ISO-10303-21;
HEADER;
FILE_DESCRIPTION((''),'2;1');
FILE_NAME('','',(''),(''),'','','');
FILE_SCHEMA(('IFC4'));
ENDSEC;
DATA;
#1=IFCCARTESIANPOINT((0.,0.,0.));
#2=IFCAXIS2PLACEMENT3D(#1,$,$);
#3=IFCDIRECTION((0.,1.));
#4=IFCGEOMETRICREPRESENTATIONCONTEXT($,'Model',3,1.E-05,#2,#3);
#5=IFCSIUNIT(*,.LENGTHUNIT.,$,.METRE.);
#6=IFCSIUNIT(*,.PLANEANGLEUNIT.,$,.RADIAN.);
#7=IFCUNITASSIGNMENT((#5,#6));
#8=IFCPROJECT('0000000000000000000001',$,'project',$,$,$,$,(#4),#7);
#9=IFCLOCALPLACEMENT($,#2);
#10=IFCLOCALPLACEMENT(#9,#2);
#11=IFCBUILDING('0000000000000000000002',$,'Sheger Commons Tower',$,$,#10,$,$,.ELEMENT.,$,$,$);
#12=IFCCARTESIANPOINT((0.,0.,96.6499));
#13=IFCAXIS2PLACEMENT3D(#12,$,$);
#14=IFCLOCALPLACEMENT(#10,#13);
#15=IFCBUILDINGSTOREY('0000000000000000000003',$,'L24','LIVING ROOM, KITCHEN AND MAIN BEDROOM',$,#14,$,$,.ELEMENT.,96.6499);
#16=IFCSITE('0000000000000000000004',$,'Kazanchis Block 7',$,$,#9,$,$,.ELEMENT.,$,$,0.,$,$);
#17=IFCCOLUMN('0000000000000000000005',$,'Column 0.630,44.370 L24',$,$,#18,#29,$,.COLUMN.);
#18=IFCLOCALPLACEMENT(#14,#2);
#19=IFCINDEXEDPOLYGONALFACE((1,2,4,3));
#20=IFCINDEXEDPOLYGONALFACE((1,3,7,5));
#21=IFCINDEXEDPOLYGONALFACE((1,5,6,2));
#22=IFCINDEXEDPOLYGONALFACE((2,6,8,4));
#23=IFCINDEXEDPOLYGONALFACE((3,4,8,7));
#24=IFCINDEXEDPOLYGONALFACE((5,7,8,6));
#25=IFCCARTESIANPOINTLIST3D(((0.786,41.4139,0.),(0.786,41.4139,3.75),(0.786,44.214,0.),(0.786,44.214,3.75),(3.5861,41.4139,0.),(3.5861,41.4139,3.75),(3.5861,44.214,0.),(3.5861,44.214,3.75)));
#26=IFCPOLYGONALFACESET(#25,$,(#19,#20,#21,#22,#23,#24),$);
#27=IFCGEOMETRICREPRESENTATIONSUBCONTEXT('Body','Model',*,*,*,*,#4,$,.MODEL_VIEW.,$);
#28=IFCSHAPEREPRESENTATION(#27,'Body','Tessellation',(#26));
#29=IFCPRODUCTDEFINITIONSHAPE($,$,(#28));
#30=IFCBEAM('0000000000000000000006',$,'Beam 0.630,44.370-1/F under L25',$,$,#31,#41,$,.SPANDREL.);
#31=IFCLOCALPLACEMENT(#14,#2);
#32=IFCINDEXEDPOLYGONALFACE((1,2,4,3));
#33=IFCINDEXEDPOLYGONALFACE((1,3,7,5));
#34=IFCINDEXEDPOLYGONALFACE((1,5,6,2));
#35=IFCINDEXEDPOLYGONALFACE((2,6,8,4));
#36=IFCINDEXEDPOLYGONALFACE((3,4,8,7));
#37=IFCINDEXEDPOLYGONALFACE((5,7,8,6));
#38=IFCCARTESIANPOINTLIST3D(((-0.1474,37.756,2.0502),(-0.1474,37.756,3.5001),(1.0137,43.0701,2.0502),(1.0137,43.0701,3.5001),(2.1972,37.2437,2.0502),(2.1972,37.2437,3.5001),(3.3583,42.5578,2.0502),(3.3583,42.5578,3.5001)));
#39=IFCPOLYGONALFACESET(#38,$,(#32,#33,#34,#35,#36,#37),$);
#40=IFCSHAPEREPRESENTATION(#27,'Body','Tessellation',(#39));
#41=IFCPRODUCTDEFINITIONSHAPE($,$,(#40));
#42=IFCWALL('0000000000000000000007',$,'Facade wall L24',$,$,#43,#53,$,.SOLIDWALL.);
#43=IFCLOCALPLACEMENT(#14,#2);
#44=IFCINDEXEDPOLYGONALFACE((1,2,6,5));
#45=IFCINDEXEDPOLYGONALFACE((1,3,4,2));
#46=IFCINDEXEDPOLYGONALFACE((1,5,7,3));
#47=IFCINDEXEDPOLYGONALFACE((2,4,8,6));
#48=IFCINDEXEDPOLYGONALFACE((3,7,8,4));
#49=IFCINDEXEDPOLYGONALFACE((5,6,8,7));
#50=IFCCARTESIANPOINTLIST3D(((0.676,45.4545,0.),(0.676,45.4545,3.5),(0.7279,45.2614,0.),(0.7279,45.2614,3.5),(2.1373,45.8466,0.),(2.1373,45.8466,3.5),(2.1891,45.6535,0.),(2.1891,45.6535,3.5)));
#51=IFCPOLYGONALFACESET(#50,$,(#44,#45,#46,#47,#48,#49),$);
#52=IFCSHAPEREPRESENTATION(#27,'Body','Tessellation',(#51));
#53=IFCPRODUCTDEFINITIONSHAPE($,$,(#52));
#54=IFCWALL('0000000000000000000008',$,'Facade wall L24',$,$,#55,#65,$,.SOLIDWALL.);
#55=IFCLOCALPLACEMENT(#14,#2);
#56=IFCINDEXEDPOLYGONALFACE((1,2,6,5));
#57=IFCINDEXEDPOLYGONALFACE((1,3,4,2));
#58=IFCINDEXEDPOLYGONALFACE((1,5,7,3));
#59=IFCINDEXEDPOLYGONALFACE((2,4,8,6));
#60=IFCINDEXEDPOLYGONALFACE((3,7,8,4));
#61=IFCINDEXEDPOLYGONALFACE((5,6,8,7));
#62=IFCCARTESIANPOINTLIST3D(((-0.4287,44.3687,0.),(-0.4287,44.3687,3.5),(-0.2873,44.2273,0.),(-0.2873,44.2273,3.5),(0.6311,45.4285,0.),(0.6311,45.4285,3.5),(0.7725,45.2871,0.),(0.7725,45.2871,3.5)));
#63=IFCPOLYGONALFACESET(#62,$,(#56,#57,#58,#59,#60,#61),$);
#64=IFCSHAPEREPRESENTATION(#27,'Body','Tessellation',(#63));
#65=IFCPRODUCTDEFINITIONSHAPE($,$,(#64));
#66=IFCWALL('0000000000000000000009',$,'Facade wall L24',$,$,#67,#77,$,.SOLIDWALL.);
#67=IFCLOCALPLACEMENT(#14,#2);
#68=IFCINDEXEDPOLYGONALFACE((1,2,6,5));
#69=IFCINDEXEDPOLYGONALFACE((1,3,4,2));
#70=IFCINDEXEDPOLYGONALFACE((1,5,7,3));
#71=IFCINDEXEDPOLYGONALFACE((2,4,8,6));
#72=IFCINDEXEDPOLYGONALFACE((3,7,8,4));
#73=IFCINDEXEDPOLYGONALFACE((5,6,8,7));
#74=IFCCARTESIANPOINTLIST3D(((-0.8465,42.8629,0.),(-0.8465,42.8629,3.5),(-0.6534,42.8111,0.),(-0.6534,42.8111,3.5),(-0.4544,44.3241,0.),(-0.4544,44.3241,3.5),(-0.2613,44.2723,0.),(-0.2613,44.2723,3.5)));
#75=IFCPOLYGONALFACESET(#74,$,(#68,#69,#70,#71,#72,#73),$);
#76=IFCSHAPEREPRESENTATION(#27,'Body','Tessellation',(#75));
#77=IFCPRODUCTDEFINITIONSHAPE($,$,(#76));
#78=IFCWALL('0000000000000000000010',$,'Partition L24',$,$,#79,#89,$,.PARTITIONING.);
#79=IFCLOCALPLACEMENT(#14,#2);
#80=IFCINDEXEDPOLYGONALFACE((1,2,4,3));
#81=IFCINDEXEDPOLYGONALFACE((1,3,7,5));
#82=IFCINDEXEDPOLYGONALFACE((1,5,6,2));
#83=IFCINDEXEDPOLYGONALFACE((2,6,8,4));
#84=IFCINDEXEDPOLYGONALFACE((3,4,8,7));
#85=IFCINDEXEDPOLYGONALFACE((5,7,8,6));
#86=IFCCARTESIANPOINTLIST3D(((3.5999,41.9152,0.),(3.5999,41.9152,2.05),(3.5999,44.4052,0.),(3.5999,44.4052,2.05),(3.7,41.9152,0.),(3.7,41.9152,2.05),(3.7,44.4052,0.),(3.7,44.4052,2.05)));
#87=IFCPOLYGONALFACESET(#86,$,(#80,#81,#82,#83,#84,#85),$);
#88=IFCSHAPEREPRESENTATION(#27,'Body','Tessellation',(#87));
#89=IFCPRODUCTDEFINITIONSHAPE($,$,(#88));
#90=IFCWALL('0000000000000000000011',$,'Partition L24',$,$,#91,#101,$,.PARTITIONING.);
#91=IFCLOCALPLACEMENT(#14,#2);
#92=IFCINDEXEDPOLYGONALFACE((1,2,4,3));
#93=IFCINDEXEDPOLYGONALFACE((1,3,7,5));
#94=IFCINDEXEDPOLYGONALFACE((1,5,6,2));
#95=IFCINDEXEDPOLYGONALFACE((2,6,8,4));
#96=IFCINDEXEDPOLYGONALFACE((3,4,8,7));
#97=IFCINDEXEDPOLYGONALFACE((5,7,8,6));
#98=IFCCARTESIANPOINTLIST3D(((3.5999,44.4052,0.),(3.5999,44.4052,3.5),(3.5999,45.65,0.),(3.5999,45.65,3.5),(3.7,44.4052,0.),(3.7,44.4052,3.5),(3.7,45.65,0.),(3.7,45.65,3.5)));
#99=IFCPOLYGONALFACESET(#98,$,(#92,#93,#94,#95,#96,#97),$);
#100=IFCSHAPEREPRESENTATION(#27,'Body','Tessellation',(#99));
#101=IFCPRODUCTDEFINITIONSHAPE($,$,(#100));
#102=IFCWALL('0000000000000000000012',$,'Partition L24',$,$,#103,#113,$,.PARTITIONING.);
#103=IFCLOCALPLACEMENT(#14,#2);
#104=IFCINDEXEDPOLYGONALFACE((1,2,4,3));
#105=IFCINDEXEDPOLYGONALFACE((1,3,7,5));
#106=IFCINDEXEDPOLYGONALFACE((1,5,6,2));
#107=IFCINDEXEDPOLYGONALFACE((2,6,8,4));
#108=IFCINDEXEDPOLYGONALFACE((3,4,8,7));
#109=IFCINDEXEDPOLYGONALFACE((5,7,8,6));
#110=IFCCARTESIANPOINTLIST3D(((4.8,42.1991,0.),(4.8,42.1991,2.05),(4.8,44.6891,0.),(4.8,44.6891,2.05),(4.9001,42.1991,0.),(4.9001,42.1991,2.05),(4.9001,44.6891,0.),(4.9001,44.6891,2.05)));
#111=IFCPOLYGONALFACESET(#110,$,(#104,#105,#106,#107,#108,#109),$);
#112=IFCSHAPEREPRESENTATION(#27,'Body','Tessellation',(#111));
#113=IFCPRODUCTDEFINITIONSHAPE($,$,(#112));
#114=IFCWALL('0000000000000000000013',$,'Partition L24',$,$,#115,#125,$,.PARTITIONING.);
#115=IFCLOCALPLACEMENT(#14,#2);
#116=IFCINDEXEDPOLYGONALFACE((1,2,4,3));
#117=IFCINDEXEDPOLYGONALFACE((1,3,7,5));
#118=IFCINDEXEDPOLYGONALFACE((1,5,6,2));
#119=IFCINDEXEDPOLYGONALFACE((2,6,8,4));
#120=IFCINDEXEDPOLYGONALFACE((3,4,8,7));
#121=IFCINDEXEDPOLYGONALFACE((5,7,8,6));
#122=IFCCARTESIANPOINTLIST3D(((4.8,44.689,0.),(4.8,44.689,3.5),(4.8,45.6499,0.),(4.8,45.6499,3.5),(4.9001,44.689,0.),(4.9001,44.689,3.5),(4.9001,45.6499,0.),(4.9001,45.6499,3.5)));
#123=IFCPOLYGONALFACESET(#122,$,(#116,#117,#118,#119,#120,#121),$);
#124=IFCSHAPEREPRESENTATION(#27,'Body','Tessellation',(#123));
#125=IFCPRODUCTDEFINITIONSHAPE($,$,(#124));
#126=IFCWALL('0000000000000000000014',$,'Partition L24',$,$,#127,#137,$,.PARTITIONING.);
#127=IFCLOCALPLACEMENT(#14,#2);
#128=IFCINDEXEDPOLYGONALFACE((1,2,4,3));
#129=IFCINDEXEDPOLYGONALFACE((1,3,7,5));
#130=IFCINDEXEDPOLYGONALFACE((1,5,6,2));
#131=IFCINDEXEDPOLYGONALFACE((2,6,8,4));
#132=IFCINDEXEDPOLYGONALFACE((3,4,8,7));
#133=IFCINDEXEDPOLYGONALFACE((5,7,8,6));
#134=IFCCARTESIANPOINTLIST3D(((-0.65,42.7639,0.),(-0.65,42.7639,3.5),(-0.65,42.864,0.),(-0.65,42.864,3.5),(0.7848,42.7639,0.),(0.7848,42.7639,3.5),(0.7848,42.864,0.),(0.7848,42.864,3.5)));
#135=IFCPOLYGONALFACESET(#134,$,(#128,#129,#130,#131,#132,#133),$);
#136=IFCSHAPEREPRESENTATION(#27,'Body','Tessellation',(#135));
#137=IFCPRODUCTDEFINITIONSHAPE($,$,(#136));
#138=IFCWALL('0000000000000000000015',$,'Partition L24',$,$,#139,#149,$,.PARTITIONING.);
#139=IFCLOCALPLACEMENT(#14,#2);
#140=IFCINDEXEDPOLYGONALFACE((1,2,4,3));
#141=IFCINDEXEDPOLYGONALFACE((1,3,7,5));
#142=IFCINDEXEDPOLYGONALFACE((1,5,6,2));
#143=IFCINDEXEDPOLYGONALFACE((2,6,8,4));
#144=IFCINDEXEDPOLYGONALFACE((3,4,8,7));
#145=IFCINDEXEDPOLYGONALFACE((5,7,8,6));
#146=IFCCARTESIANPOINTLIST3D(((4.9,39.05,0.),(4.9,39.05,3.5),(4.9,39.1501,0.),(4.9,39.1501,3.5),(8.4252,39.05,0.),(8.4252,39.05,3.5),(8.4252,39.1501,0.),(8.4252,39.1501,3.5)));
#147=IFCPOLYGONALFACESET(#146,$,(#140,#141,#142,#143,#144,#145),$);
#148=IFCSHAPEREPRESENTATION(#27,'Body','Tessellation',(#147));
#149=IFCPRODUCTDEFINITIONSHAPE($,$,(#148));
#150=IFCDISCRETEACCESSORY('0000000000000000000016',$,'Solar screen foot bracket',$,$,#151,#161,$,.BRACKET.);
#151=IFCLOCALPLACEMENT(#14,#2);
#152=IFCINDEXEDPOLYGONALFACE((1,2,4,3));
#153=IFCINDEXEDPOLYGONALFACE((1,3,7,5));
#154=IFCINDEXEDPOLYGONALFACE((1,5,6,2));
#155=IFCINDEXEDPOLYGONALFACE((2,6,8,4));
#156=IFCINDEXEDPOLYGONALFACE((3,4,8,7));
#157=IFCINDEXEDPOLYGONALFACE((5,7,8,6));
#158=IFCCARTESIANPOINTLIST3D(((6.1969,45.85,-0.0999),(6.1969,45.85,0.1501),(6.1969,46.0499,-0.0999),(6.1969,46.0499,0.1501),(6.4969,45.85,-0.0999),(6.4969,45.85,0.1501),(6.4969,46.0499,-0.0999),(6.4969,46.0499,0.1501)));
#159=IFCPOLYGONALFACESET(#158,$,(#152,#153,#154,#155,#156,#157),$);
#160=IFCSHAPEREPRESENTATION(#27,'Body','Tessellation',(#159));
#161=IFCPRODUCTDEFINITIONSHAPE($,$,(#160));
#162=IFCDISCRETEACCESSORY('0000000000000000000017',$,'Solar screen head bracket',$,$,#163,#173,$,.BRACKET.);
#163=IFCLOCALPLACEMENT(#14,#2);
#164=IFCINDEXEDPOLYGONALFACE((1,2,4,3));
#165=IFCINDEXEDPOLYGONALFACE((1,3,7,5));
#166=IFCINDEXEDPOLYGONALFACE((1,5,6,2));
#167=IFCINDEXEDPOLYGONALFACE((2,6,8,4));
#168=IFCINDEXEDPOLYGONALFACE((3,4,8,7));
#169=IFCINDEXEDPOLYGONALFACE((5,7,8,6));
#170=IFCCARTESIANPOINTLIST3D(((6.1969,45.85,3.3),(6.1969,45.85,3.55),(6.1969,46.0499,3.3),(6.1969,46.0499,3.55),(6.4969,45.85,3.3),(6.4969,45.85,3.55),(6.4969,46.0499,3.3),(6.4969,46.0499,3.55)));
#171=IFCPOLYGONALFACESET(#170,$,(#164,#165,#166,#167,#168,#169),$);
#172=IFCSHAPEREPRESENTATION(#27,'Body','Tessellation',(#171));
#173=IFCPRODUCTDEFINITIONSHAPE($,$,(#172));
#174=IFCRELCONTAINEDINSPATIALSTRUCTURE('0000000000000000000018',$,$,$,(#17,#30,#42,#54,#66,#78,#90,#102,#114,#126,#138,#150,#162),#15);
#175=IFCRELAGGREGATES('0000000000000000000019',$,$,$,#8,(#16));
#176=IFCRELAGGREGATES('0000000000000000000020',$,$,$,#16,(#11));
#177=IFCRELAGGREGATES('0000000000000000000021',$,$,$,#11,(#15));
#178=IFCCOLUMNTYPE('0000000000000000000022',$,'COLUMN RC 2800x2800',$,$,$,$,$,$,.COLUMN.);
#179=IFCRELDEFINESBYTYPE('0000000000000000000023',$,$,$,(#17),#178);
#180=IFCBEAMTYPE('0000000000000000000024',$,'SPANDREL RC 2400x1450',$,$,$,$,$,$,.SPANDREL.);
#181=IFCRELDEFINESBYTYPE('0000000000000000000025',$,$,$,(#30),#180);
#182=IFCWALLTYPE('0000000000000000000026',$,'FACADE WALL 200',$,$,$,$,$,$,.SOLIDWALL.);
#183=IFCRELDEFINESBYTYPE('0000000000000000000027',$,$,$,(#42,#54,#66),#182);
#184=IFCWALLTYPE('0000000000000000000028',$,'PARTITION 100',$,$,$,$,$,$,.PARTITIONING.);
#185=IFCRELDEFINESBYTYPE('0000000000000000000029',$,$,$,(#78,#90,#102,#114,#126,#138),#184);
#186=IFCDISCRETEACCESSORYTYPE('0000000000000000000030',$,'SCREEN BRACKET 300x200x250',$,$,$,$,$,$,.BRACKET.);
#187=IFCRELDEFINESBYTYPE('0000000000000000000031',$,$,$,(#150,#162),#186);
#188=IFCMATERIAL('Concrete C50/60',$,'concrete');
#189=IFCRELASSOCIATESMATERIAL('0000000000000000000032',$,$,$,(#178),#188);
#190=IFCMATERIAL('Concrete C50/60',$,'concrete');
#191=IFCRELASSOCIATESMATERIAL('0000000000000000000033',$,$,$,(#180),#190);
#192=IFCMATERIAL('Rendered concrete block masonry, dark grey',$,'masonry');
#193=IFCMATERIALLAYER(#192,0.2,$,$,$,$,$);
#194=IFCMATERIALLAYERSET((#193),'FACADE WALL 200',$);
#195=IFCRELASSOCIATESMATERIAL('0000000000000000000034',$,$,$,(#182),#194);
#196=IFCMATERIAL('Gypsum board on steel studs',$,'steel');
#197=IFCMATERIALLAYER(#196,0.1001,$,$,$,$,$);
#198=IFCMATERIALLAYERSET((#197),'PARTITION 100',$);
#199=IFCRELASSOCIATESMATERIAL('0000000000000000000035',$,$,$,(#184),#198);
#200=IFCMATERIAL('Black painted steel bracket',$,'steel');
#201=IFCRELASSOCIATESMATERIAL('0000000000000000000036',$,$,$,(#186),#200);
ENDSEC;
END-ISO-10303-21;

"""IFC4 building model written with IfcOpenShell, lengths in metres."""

from ifc_helpers import new_model, si_unit, direction, frame, frame_2d, origin, origin_2d, place, context, subcontext, project, spatial, rectangle, extrude, material, layer, layer_set, material_profile, profile_set, type_object, element, save


model = new_model("IFC4")

# Units and contexts
model_context = context("Model", 3, precision=1e-05, world=origin(), true_north=direction((0.0, 1.0)))
body_context = subcontext(model_context, "Body", "Model", "MODEL_VIEW")
ifc_project = project(units=[si_unit("LENGTHUNIT", "METRE"), si_unit("PLANEANGLEUNIT", "RADIAN")], contexts=[model_context])

# Site, building, storey
site_placement = place(None, origin())
site = spatial("IfcSite", under=ifc_project, at=site_placement, Name="Kazanchis Block 7", CompositionType="ELEMENT", RefElevation=0.0)
building_placement = place(site_placement, origin())
building = spatial("IfcBuilding", under=site, at=building_placement, Name="Sheger Commons Tower", CompositionType="ELEMENT")
storey_placement = place(building_placement, frame((0.0, 0.0, 96.6499)))
storey = spatial("IfcBuildingStorey", under=building, at=storey_placement, Name="L24", Description="LIVING ROOM, KITCHEN AND MAIN BEDROOM", CompositionType="ELEMENT", Elevation=96.6499)

# Column
ifc_material_1 = material(Name="Concrete C50/60", Category="concrete")
ifc_material_profile_1 = material_profile(ifc_material_1, rectangle(XDim=2.8, YDim=2.8, at=origin_2d()), Name="RC 2800x2800")
ifc_profile_set_1 = profile_set([ifc_material_profile_1], Name="Concrete C50/60")
column_type = type_object("IfcColumnType", Name="COLUMN RC 2800x2800", PredefinedType="COLUMN", material=ifc_profile_set_1)
column_placement = place(storey_placement, frame((2.186, 42.814, 0.0), z_axis=(0.0, 0.0, 1.0), x_axis=(1.0, 0.0, 0.0)))
element("IfcColumn", 1, at=column_placement, inside=storey, type_object=column_type, Name="Column 0.630,44.370 L24", PredefinedType="COLUMN", context=body_context, shape_type="SweptSolid", body=[
    extrude(rectangle(XDim=2.8, YDim=2.8, at=origin_2d()), origin(), (0.0, 0.0, 1.0), 3.75),
])

# Beam
ifc_material_2 = material(Name="Concrete C50/60", Category="concrete")
ifc_material_profile_2 = material_profile(ifc_material_2, rectangle(XDim=2.3999, YDim=1.45, at=origin_2d()), Name="RC 2400x1450")
ifc_profile_set_2 = profile_set([ifc_material_profile_2], Name="Concrete C50/60")
beam_type = type_object("IfcBeamType", Name="SPANDREL RC 2400x1450", PredefinedType="SPANDREL", material=ifc_profile_set_2)
beam_placement = place(storey_placement, frame((2.186, 42.814, 2.7751), z_axis=(-0.213469, -0.97695, 0.0), x_axis=(0.97695, -0.213469, 0.0)))
element("IfcBeam", 2, at=beam_placement, inside=storey, type_object=beam_type, Name="Beam 0.630,44.370-1/F under L25", PredefinedType="SPANDREL", context=body_context, shape_type="SweptSolid", body=[
    extrude(rectangle(XDim=2.3999, YDim=1.45, at=origin_2d()), origin(), (0.0, 0.0, 1.0), 5.4395),
])

# Walls
ifc_material_3 = material(Name="Rendered concrete block masonry, dark grey", Category="masonry")
ifc_layer_1 = layer(ifc_material_3, 0.2)
ifc_layer_set_1 = layer_set([ifc_layer_1], Name="FACADE WALL 200")
wall_type_1 = type_object("IfcWallType", Name="FACADE WALL 200", PredefinedType="SOLIDWALL", material=ifc_layer_set_1)
wall_1_placement = place(storey_placement, frame((2.1631, 45.75, 0.0), z_axis=(0.0, 0.0, 1.0), x_axis=(-0.965832, -0.259169, 0.0)))
element("IfcWall", 3, at=wall_1_placement, inside=storey, type_object=wall_type_1, Name="Facade wall L24", PredefinedType="SOLIDWALL", context=body_context, shape_type="SweptSolid", body=[
    extrude(rectangle(XDim=1.5129, YDim=0.2, at=frame_2d((0.7563, 0.0))), origin(), (0.0, 0.0, 1.0), 3.5),
])
wall_2_placement = place(storey_placement, frame((0.7019, 45.3579, 0.0), z_axis=(0.0, 0.0, 1.0), x_axis=(-0.707107, -0.707107, 0.0)))
element("IfcWall", 4, at=wall_2_placement, inside=storey, type_object=wall_type_1, Name="Facade wall L24", PredefinedType="SOLIDWALL", context=body_context, shape_type="SweptSolid", body=[
    extrude(rectangle(XDim=1.4988, YDim=0.2, at=frame_2d((0.7495, 0.0))), origin(), (0.0, 0.0, 1.0), 3.5),
])
wall_3_placement = place(storey_placement, frame((-0.3579, 44.2981, 0.0), z_axis=(0.0, 0.0, 1.0), x_axis=(-0.259169, -0.965832, 0.0)))
element("IfcWall", 5, at=wall_3_placement, inside=storey, type_object=wall_type_1, Name="Facade wall L24", PredefinedType="SOLIDWALL", context=body_context, shape_type="SweptSolid", body=[
    extrude(rectangle(XDim=1.5129, YDim=0.2, at=frame_2d((0.7563, 0.0))), origin(), (0.0, 0.0, 1.0), 3.5),
])

# Walls
ifc_material_4 = material(Name="Gypsum board on steel studs", Category="steel")
ifc_layer_2 = layer(ifc_material_4, 0.1001)
ifc_layer_set_2 = layer_set([ifc_layer_2], Name="PARTITION 100")
wall_type_2 = type_object("IfcWallType", Name="PARTITION 100", PredefinedType="PARTITIONING", material=ifc_layer_set_2)
wall_4_placement = place(storey_placement, frame((3.6499, 41.915, 0.0), z_axis=(0.0, 0.0, 1.0), x_axis=(0.0, 1.0, 0.0)))
element("IfcWall", 6, at=wall_4_placement, inside=storey, type_object=wall_type_2, Name="Partition L24", PredefinedType="PARTITIONING", context=body_context, shape_type="SweptSolid", body=[
    extrude(rectangle(XDim=2.49, YDim=0.1001, at=frame_2d((1.2451, 0.0))), origin(), (0.0, 0.0, 1.0), 2.05),
])
wall_5_placement = place(storey_placement, frame((3.6499, 44.405, 0.0), z_axis=(0.0, 0.0, 1.0), x_axis=(0.0, 1.0, 0.0)))
element("IfcWall", 7, at=wall_5_placement, inside=storey, type_object=wall_type_2, Name="Partition L24", PredefinedType="PARTITIONING", context=body_context, shape_type="SweptSolid", body=[
    extrude(rectangle(XDim=1.2449, YDim=0.1001, at=frame_2d((0.6226, 0.0))), origin(), (0.0, 0.0, 1.0), 3.5),
])
wall_6_placement = place(storey_placement, frame((4.8501, 42.199, 0.0), z_axis=(0.0, 0.0, 1.0), x_axis=(0.0, 1.0, 0.0)))
element("IfcWall", 8, at=wall_6_placement, inside=storey, type_object=wall_type_2, Name="Partition L24", PredefinedType="PARTITIONING", context=body_context, shape_type="SweptSolid", body=[
    extrude(rectangle(XDim=2.49, YDim=0.1001, at=frame_2d((1.2451, 0.0))), origin(), (0.0, 0.0, 1.0), 2.05),
])
wall_7_placement = place(storey_placement, frame((4.8501, 44.689, 0.0), z_axis=(0.0, 0.0, 1.0), x_axis=(0.0, 1.0, 0.0)))
element("IfcWall", 9, at=wall_7_placement, inside=storey, type_object=wall_type_2, Name="Partition L24", PredefinedType="PARTITIONING", context=body_context, shape_type="SweptSolid", body=[
    extrude(rectangle(XDim=0.9609, YDim=0.1001, at=frame_2d((0.4805, 0.0))), origin(), (0.0, 0.0, 1.0), 3.5),
])
wall_8_placement = place(storey_placement, frame((-0.6499, 42.814, 0.0), z_axis=(0.0, 0.0, 1.0), x_axis=(1.0, 0.0, 0.0)))
element("IfcWall", 10, at=wall_8_placement, inside=storey, type_object=wall_type_2, Name="Partition L24", PredefinedType="PARTITIONING", context=body_context, shape_type="SweptSolid", body=[
    extrude(rectangle(XDim=1.4348, YDim=0.1001, at=frame_2d((0.7173, 0.0))), origin(), (0.0, 0.0, 1.0), 3.5),
])
wall_9_placement = place(storey_placement, frame((4.8999, 39.1001, 0.0), z_axis=(0.0, 0.0, 1.0), x_axis=(1.0, 0.0, 0.0)))
element("IfcWall", 11, at=wall_9_placement, inside=storey, type_object=wall_type_2, Name="Partition L24", PredefinedType="PARTITIONING", context=body_context, shape_type="SweptSolid", body=[
    extrude(rectangle(XDim=3.5251, YDim=0.1001, at=frame_2d((1.7627, 0.0))), origin(), (0.0, 0.0, 1.0), 3.5),
])

# Discrete accessories
ifc_material_5 = material(Name="Black painted steel bracket", Category="steel")
discrete_accessory_type = type_object("IfcDiscreteAccessoryType", Name="SCREEN BRACKET 300x200x250", PredefinedType="BRACKET", material=ifc_material_5)
for number, where, z_axis, x_axis, name in (
    (12, (6.3469, 45.95, -0.0999), (0.0, 0.0, 1.0), (-1.0, 0.0, 0.0), "Solar screen foot bracket"),
    (13, (6.3469, 45.95, 3.3), (0.0, 0.0, 1.0), (-1.0, 0.0, 0.0), "Solar screen head bracket"),
):
    element("IfcDiscreteAccessory", number, at=place(storey_placement, frame(where, z_axis=z_axis, x_axis=x_axis)), inside=storey, type_object=discrete_accessory_type, Name=name, PredefinedType="BRACKET", context=body_context, shape_type="SweptSolid", body=[
        extrude(rectangle(XDim=0.3, YDim=0.2, at=origin_2d()), origin(), (0.0, 0.0, 1.0), 0.25),
    ])

save(model, "model.ifc")
